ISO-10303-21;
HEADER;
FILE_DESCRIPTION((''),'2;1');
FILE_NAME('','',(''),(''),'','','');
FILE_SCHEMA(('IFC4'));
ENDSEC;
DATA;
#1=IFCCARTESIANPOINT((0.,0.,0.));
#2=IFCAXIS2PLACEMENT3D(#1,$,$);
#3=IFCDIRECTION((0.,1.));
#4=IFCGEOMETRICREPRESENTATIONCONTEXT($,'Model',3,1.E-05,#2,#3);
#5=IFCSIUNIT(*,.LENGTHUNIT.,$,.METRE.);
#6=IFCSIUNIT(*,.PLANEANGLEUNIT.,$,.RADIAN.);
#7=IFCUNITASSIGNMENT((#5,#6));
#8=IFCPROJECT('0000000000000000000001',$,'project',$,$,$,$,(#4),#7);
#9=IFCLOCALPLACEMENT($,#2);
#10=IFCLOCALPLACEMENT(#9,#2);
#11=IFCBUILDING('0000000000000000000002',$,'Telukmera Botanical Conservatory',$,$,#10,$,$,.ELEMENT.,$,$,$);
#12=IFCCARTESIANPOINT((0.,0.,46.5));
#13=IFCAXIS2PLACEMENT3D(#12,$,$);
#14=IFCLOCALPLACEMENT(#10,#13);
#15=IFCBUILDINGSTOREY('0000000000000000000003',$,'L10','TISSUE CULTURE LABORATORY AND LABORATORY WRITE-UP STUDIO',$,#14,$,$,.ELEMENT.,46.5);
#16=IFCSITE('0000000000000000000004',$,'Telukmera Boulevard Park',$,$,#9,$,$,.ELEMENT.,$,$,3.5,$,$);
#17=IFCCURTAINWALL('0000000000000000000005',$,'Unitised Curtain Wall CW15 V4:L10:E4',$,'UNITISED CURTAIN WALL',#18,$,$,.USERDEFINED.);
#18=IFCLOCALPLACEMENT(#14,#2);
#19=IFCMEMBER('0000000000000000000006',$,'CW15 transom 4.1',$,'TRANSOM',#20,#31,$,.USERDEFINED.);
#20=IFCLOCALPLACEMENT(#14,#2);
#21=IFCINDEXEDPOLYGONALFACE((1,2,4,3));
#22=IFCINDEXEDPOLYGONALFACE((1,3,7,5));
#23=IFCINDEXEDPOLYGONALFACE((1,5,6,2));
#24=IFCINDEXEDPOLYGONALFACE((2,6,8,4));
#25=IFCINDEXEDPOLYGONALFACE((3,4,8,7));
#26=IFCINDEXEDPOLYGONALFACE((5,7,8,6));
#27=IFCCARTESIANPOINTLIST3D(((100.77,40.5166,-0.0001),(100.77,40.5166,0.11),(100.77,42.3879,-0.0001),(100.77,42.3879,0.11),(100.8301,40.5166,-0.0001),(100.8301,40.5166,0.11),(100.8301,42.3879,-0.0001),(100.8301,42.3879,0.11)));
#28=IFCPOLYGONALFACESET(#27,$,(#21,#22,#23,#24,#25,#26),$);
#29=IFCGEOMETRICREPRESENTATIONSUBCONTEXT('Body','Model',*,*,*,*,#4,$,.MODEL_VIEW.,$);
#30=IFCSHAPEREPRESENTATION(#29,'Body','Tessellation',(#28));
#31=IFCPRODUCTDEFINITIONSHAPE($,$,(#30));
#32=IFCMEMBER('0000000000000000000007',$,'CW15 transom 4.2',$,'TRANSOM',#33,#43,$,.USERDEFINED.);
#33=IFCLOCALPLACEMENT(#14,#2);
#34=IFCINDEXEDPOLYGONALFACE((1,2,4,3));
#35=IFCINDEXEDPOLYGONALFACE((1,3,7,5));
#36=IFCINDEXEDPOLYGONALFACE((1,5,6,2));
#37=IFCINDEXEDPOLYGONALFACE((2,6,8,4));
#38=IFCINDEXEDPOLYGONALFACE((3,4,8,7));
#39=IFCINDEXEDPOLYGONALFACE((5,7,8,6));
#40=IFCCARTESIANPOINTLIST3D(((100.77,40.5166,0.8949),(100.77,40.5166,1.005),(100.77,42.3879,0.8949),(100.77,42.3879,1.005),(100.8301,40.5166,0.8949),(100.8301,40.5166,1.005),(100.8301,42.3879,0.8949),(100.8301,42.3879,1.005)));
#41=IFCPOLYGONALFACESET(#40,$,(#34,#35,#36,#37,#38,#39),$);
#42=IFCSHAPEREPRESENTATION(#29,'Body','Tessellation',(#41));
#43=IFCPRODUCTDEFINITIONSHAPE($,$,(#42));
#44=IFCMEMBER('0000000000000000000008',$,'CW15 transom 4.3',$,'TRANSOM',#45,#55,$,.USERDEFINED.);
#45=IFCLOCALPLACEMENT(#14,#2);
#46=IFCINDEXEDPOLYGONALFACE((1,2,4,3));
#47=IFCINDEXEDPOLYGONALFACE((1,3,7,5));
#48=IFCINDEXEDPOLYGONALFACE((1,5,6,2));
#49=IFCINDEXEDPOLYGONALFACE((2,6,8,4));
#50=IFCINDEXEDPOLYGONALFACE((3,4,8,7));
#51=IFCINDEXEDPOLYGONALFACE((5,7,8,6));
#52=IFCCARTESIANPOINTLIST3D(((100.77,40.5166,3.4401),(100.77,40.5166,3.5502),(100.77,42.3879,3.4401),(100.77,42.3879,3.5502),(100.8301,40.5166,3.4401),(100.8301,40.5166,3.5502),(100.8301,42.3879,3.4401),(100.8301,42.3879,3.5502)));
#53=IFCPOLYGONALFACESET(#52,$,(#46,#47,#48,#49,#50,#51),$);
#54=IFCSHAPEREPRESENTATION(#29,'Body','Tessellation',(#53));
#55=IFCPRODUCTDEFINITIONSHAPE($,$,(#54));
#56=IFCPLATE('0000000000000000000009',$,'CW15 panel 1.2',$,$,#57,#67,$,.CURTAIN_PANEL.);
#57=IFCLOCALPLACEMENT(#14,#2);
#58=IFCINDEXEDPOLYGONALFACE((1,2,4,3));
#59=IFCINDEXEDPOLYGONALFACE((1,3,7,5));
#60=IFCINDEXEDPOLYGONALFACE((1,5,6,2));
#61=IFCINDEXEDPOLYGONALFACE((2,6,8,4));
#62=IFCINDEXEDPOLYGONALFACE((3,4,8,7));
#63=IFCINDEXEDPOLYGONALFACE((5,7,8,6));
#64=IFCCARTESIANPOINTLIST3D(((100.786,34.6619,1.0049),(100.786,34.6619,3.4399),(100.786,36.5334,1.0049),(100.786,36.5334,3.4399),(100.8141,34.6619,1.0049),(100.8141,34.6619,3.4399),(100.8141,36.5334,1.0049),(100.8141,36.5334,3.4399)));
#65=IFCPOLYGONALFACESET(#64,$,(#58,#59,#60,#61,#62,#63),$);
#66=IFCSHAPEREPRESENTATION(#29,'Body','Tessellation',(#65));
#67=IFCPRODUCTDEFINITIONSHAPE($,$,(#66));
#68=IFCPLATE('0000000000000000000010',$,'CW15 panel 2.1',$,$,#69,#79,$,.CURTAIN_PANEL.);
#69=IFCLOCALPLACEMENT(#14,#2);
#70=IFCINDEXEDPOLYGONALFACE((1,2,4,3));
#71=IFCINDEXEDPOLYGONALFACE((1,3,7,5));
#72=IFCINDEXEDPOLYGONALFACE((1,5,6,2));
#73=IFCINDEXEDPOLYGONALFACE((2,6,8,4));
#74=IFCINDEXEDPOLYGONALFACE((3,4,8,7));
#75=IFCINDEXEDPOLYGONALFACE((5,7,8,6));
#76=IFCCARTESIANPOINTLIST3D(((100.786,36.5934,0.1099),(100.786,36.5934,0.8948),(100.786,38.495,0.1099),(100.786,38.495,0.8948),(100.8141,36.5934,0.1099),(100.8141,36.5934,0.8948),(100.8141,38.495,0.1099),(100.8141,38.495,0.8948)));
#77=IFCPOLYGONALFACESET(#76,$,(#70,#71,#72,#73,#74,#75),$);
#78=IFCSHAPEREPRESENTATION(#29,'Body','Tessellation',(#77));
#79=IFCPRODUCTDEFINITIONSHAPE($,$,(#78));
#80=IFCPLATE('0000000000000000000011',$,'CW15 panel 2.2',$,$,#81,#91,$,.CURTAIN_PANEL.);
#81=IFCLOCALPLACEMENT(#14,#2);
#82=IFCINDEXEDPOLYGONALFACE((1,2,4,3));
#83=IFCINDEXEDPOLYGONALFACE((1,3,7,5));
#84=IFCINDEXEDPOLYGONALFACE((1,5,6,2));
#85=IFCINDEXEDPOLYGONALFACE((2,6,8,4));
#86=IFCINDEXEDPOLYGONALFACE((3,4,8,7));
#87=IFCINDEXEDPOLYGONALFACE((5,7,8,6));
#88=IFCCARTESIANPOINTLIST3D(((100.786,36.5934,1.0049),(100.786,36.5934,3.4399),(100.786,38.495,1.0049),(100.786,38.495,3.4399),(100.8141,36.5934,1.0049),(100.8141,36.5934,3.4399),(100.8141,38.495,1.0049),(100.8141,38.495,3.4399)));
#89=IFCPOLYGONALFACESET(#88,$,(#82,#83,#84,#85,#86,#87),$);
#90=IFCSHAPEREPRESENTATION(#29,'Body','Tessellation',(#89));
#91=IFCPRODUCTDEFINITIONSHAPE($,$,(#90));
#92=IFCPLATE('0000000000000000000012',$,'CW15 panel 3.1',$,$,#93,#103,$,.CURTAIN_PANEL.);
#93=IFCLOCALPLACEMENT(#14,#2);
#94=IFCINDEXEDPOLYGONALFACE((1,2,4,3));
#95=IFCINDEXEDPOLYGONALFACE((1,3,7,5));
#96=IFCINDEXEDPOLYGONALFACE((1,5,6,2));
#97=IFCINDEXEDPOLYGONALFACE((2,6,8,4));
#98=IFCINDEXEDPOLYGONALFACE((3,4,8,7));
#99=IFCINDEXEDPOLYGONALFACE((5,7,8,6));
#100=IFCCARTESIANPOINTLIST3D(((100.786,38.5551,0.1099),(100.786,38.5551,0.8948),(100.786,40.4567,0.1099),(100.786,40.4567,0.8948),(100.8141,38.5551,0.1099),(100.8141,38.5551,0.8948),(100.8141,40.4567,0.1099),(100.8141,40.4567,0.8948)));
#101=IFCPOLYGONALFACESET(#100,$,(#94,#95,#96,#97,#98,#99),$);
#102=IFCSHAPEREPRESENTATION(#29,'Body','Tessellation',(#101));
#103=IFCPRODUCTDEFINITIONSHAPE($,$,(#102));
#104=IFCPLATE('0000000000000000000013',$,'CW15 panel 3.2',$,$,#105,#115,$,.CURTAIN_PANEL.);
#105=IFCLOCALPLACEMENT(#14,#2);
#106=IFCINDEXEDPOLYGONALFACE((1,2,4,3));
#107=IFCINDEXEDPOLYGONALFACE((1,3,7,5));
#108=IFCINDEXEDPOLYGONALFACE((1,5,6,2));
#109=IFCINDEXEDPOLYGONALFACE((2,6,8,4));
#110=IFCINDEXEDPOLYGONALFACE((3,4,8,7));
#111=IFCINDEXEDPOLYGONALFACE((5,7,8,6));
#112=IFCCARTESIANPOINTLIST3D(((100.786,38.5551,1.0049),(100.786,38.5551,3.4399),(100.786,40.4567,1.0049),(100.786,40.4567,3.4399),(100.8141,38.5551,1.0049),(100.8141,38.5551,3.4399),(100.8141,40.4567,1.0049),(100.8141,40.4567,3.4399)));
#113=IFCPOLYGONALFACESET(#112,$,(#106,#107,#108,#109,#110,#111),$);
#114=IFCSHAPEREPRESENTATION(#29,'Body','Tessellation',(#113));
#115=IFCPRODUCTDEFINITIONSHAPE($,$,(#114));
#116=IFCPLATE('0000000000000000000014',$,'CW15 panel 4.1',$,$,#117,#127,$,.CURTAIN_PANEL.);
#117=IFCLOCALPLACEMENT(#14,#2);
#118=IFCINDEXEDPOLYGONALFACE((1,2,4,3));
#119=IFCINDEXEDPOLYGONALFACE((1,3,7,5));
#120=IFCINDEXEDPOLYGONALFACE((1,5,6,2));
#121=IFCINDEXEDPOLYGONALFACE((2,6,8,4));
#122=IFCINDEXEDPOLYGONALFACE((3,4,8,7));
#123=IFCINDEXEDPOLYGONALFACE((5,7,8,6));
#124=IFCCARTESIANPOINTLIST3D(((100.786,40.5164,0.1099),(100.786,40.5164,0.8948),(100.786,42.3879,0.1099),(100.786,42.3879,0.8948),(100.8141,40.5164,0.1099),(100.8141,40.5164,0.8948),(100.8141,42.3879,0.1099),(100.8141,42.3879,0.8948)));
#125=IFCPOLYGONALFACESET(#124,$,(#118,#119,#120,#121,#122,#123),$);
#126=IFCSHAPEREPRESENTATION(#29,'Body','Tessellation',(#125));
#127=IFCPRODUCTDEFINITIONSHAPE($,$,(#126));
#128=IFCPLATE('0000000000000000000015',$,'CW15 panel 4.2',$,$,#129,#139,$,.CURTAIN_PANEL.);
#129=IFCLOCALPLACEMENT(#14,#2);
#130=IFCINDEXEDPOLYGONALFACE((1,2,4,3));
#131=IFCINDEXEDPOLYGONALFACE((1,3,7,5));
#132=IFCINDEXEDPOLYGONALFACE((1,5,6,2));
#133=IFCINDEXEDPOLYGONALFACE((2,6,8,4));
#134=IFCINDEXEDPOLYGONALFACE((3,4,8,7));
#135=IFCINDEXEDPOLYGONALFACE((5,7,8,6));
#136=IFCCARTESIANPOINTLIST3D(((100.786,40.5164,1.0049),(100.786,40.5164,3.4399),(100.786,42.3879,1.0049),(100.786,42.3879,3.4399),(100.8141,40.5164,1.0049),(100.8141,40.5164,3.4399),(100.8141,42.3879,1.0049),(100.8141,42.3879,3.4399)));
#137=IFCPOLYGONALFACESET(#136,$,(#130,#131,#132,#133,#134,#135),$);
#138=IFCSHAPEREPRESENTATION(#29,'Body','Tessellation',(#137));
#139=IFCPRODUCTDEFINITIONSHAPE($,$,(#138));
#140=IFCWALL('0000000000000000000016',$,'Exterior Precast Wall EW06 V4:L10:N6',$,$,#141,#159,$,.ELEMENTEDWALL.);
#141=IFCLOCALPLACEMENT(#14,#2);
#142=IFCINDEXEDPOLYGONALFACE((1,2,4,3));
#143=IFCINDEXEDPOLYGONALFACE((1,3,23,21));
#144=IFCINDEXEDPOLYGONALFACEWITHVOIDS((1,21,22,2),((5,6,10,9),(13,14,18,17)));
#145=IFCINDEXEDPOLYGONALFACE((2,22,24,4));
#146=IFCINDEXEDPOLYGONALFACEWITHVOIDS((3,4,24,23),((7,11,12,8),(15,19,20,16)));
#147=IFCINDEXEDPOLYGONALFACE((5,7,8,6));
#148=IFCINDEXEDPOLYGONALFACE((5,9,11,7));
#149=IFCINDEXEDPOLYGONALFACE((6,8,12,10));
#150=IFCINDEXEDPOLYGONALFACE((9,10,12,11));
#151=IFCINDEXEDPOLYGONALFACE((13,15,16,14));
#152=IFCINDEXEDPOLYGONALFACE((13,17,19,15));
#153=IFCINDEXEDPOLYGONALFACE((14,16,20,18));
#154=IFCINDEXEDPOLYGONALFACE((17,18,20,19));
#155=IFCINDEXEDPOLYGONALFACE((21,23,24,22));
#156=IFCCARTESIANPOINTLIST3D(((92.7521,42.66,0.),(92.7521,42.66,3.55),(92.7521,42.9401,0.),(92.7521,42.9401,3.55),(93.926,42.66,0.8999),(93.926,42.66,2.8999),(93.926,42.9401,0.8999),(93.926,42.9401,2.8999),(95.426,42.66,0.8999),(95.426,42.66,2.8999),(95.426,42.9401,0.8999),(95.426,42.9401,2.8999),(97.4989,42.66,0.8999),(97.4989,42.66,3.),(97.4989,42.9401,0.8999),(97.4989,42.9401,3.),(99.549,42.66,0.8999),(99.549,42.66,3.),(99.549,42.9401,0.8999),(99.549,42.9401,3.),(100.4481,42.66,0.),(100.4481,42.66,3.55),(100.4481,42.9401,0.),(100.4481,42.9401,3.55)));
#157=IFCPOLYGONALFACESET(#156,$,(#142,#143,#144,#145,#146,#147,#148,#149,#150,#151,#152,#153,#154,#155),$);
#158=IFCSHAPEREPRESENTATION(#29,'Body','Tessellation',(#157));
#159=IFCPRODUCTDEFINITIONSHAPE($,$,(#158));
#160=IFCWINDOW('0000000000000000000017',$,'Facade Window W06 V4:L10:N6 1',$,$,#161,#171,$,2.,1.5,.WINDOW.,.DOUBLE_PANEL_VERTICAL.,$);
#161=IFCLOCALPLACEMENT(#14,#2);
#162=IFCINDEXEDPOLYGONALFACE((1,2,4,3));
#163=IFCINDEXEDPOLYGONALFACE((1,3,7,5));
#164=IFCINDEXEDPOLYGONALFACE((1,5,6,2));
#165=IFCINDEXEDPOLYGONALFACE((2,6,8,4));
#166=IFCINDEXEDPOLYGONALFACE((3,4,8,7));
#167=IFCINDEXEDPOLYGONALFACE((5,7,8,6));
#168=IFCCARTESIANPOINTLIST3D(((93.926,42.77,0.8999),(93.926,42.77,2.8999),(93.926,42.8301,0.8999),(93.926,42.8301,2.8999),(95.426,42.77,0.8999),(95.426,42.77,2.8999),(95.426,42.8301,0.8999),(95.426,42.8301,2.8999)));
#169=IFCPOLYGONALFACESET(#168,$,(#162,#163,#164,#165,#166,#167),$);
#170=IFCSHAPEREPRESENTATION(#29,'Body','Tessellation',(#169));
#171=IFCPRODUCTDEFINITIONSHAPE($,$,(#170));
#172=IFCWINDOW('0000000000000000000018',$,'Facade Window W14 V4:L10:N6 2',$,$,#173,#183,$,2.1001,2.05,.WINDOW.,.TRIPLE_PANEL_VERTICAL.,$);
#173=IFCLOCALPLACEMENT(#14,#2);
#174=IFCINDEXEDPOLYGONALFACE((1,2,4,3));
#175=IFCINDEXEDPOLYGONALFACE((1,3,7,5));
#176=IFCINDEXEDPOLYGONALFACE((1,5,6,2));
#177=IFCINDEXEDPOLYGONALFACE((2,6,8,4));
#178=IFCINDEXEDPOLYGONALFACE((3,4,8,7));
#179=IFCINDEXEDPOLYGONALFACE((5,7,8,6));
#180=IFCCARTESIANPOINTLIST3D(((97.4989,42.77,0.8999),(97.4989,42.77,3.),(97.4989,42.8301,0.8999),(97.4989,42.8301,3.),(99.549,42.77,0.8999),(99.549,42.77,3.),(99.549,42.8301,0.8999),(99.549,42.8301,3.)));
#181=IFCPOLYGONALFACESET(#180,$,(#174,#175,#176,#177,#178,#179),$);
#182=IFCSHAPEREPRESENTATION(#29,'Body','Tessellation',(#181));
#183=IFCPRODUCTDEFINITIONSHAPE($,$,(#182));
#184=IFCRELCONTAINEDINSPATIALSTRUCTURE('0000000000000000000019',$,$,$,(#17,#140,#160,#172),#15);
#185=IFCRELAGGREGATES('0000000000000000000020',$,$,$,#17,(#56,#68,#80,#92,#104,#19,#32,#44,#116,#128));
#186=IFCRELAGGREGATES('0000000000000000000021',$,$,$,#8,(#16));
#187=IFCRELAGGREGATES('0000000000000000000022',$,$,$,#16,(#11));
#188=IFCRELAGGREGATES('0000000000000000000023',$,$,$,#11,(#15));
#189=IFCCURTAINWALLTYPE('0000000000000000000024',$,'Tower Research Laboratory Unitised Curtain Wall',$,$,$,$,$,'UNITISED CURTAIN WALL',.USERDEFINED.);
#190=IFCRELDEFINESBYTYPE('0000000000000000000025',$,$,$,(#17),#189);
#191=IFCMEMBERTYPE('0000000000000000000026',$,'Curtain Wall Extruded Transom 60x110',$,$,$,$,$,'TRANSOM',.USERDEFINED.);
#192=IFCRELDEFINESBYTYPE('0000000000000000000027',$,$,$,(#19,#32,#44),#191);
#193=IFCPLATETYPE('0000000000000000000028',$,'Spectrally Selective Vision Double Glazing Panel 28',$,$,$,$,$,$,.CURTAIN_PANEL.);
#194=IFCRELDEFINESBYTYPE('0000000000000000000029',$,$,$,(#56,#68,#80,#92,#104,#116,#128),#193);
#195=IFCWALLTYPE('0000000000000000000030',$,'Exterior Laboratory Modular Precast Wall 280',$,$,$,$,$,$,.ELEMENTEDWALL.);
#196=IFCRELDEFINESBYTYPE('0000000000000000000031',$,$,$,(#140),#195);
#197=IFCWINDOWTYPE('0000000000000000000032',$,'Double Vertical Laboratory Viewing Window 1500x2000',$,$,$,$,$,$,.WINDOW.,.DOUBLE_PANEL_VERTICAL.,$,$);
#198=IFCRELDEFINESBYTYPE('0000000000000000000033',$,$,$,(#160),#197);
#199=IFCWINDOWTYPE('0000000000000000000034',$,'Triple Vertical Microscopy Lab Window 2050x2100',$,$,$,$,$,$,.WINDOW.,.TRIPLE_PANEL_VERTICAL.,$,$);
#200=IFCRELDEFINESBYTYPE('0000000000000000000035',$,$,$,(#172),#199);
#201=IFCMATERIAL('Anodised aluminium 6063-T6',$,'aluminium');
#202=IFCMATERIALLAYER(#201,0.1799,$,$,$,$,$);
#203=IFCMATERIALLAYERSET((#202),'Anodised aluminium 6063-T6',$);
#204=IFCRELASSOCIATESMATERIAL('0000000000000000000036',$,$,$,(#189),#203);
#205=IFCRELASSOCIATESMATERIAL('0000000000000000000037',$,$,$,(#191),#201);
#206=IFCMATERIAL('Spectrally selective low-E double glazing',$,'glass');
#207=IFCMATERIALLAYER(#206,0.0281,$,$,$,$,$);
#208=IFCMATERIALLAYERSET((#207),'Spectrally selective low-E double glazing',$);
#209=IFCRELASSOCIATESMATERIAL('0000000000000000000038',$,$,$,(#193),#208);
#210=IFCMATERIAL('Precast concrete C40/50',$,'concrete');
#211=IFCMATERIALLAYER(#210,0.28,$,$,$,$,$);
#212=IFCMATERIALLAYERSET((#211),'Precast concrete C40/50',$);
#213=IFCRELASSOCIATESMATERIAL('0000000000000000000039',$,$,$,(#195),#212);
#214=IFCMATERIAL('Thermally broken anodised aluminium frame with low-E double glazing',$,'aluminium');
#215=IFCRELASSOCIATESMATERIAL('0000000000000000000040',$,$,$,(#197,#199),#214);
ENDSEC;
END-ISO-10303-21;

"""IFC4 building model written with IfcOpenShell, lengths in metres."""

from ifc_helpers import new_model, si_unit, direction, frame, frame_2d, origin, origin_2d, place, context, subcontext, project, spatial, rectangle, extrude, material, layer, layer_set, material_profile, profile_set, type_object, element, fill, aggregate, save


model = new_model("IFC4")

# Units and contexts
model_context = context("Model", 3, precision=1e-05, world=origin(), true_north=direction((0.0, 1.0)))
body_context = subcontext(model_context, "Body", "Model", "MODEL_VIEW")
ifc_project = project(units=[si_unit("LENGTHUNIT", "METRE"), si_unit("PLANEANGLEUNIT", "RADIAN")], contexts=[model_context])

# Site, building, storey
site_placement = place(None, origin())
site = spatial("IfcSite", under=ifc_project, at=site_placement, Name="Telukmera Boulevard Park", CompositionType="ELEMENT", RefElevation=3.5)
building_placement = place(site_placement, origin())
building = spatial("IfcBuilding", under=site, at=building_placement, Name="Telukmera Botanical Conservatory", CompositionType="ELEMENT")
storey_placement = place(building_placement, frame((0.0, 0.0, 46.5)))
storey = spatial("IfcBuildingStorey", under=building, at=storey_placement, Name="L10", Description="TISSUE CULTURE LABORATORY AND LABORATORY WRITE-UP STUDIO", CompositionType="ELEMENT", Elevation=46.5)

# Shared definitions
ifc_material_1 = material(Name="Precast concrete C40/50", Category="concrete")

# Shared definitions
ifc_material_2 = material(Name="Anodised aluminium 6063-T6", Category="aluminium")
ifc_layer_1 = layer(ifc_material_2, 0.1799)
ifc_layer_set_1 = layer_set([ifc_layer_1], Name="Anodised aluminium 6063-T6")
curtain_wall_type = type_object("IfcCurtainWallType", Name="Tower Research Laboratory Unitised Curtain Wall", ElementType="UNITISED CURTAIN WALL", PredefinedType="USERDEFINED", material=ifc_layer_set_1)

# Curtain wall, members, plates
curtain_wall_1_placement = place(storey_placement, origin())
curtain_wall_1 = element("IfcCurtainWall", 1, at=curtain_wall_1_placement, inside=storey, type_object=curtain_wall_type, Name="Unitised Curtain Wall CW15 V4:L10:E4", ObjectType="UNITISED CURTAIN WALL", PredefinedType="USERDEFINED")
ifc_material_profile_1 = material_profile(ifc_material_2, rectangle(XDim=0.0601, YDim=0.1101, at=origin_2d()), Name="ALU TRAN 60x110")
ifc_profile_set_1 = profile_set([ifc_material_profile_1], Name="Anodised aluminium 6063-T6")
member_type_1 = type_object("IfcMemberType", Name="Curtain Wall Extruded Transom 60x110", ElementType="TRANSOM", PredefinedType="USERDEFINED", material=ifc_profile_set_1)
member_1_placement = place(storey_placement, frame((100.8, 40.5166, 0.0549), z_axis=(0.0, 1.0, 0.0), x_axis=(-1.0, 0.0, 0.0)))
member_1 = element("IfcMember", 2, at=member_1_placement, type_object=member_type_1, Name="CW15 transom 4.1", ObjectType="TRANSOM", PredefinedType="USERDEFINED", context=body_context, shape_type="SweptSolid", body=[
    extrude(rectangle(XDim=0.0601, YDim=0.1101, at=origin_2d()), origin(), (0.0, 0.0, 1.0), 1.8713),
])
member_2_placement = place(storey_placement, frame((100.8, 40.5166, 0.95), z_axis=(0.0, 1.0, 0.0), x_axis=(-1.0, 0.0, 0.0)))
member_2 = element("IfcMember", 3, at=member_2_placement, type_object=member_type_1, Name="CW15 transom 4.2", ObjectType="TRANSOM", PredefinedType="USERDEFINED", context=body_context, shape_type="SweptSolid", body=[
    extrude(rectangle(XDim=0.0601, YDim=0.1101, at=origin_2d()), origin(), (0.0, 0.0, 1.0), 1.8713),
])
member_3_placement = place(storey_placement, frame((100.8, 40.5166, 3.4951), z_axis=(0.0, 1.0, 0.0), x_axis=(-1.0, 0.0, 0.0)))
member_3 = element("IfcMember", 4, at=member_3_placement, type_object=member_type_1, Name="CW15 transom 4.3", ObjectType="TRANSOM", PredefinedType="USERDEFINED", context=body_context, shape_type="SweptSolid", body=[
    extrude(rectangle(XDim=0.0601, YDim=0.1101, at=origin_2d()), origin(), (0.0, 0.0, 1.0), 1.8713),
])
ifc_material_3 = material(Name="Spectrally selective low-E double glazing", Category="glass")
ifc_layer_2 = layer(ifc_material_3, 0.0281)
ifc_layer_set_2 = layer_set([ifc_layer_2], Name="Spectrally selective low-E double glazing")
plate_type = type_object("IfcPlateType", Name="Spectrally Selective Vision Double Glazing Panel 28", PredefinedType="CURTAIN_PANEL", material=ifc_layer_set_2)
plate_1_placement = place(storey_placement, frame((100.8, 35.5977, 1.0049), z_axis=(0.0, 0.0, 1.0), x_axis=(0.0, 1.0, 0.0)))
plate_1 = element("IfcPlate", 5, at=plate_1_placement, type_object=plate_type, Name="CW15 panel 1.2", PredefinedType="CURTAIN_PANEL", context=body_context, shape_type="SweptSolid", body=[
    extrude(rectangle(XDim=1.8716, YDim=0.0281, at=origin_2d()), origin(), (0.0, 0.0, 1.0), 2.4351),
])
plate_2_placement = place(storey_placement, frame((100.8, 37.5442, 0.1099), z_axis=(0.0, 0.0, 1.0), x_axis=(0.0, 1.0, 0.0)))
plate_2 = element("IfcPlate", 6, at=plate_2_placement, type_object=plate_type, Name="CW15 panel 2.1", PredefinedType="CURTAIN_PANEL", context=body_context, shape_type="SweptSolid", body=[
    extrude(rectangle(XDim=1.9016, YDim=0.0281, at=origin_2d()), origin(), (0.0, 0.0, 1.0), 0.7849),
])
plate_3_placement = place(storey_placement, frame((100.8, 37.5442, 1.0049), z_axis=(0.0, 0.0, 1.0), x_axis=(0.0, 1.0, 0.0)))
plate_3 = element("IfcPlate", 7, at=plate_3_placement, type_object=plate_type, Name="CW15 panel 2.2", PredefinedType="CURTAIN_PANEL", context=body_context, shape_type="SweptSolid", body=[
    extrude(rectangle(XDim=1.9016, YDim=0.0281, at=origin_2d()), origin(), (0.0, 0.0, 1.0), 2.4351),
])
plate_4_placement = place(storey_placement, frame((100.8, 39.5059, 0.1099), z_axis=(0.0, 0.0, 1.0), x_axis=(0.0, 1.0, 0.0)))
plate_4 = element("IfcPlate", 8, at=plate_4_placement, type_object=plate_type, Name="CW15 panel 3.1", PredefinedType="CURTAIN_PANEL", context=body_context, shape_type="SweptSolid", body=[
    extrude(rectangle(XDim=1.9016, YDim=0.0281, at=origin_2d()), origin(), (0.0, 0.0, 1.0), 0.7849),
])
plate_5_placement = place(storey_placement, frame((100.8, 39.5059, 1.0049), z_axis=(0.0, 0.0, 1.0), x_axis=(0.0, 1.0, 0.0)))
plate_5 = element("IfcPlate", 9, at=plate_5_placement, type_object=plate_type, Name="CW15 panel 3.2", PredefinedType="CURTAIN_PANEL", context=body_context, shape_type="SweptSolid", body=[
    extrude(rectangle(XDim=1.9016, YDim=0.0281, at=origin_2d()), origin(), (0.0, 0.0, 1.0), 2.4351),
])
plate_6_placement = place(storey_placement, frame((100.8, 41.4521, 0.1099), z_axis=(0.0, 0.0, 1.0), x_axis=(0.0, 1.0, 0.0)))
plate_6 = element("IfcPlate", 10, at=plate_6_placement, type_object=plate_type, Name="CW15 panel 4.1", PredefinedType="CURTAIN_PANEL", context=body_context, shape_type="SweptSolid", body=[
    extrude(rectangle(XDim=1.8716, YDim=0.0281, at=origin_2d()), origin(), (0.0, 0.0, 1.0), 0.7849),
])
plate_7_placement = place(storey_placement, frame((100.8, 41.4521, 1.0049), z_axis=(0.0, 0.0, 1.0), x_axis=(0.0, 1.0, 0.0)))
plate_7 = element("IfcPlate", 11, at=plate_7_placement, type_object=plate_type, Name="CW15 panel 4.2", PredefinedType="CURTAIN_PANEL", context=body_context, shape_type="SweptSolid", body=[
    extrude(rectangle(XDim=1.8716, YDim=0.0281, at=origin_2d()), origin(), (0.0, 0.0, 1.0), 2.4351),
])
aggregate(curtain_wall_1, [plate_1, plate_2, plate_3, plate_4, plate_5, member_1, member_2, member_3, plate_6, plate_7])

# Wall, openings, windows
ifc_layer_3 = layer(ifc_material_1, 0.28)
ifc_layer_set_3 = layer_set([ifc_layer_3], Name="Precast concrete C40/50")
wall_type_1 = type_object("IfcWallType", Name="Exterior Laboratory Modular Precast Wall 280", PredefinedType="ELEMENTEDWALL", material=ifc_layer_set_3)
wall_1_placement = place(storey_placement, frame((92.752, 42.8, 0.0), z_axis=(0.0, 0.0, 1.0), x_axis=(1.0, 0.0, 0.0)))
wall_1 = element("IfcWall", 12, at=wall_1_placement, inside=storey, type_object=wall_type_1, Name="Exterior Precast Wall EW06 V4:L10:N6", PredefinedType="ELEMENTEDWALL", context=body_context, shape_type="SweptSolid", body=[
    extrude(rectangle(XDim=7.696, YDim=0.28, at=frame_2d((3.8481, 0.0))), origin(), (0.0, 0.0, 1.0), 3.55),
])
opening_1_placement = place(wall_1_placement, frame((1.1741, 0.0, 0.8999)))
opening_1 = element("IfcOpeningElement", 13, at=opening_1_placement, cuts=wall_1, PredefinedType="OPENING", context=body_context, shape_type="SweptSolid", body=[
    extrude(rectangle(XDim=1.5, YDim=2.0, at=frame_2d((0.75, 1.0))), frame((0.0, 0.1499, 0.0), z_axis=(0.0, -1.0, 0.0), x_axis=(1.0, 0.0, 0.0)), (0.0, 0.0, 1.0), 0.3),
])
opening_2_placement = place(wall_1_placement, frame((4.7471, 0.0, 0.8999)))
opening_2 = element("IfcOpeningElement", 14, at=opening_2_placement, cuts=wall_1, PredefinedType="OPENING", context=body_context, shape_type="SweptSolid", body=[
    extrude(rectangle(XDim=2.05, YDim=2.1001, at=frame_2d((1.0249, 1.05))), frame((0.0, 0.1499, 0.0), z_axis=(0.0, -1.0, 0.0), x_axis=(1.0, 0.0, 0.0)), (0.0, 0.0, 1.0), 0.3),
])
ifc_material_4 = material(Name="Thermally broken anodised aluminium frame with low-E double glazing", Category="aluminium")
window_type_1 = type_object("IfcWindowType", Name="Double Vertical Laboratory Viewing Window 1500x2000", PartitioningType="DOUBLE_PANEL_VERTICAL", PredefinedType="WINDOW", material=ifc_material_4)
window_1_placement = place(opening_1_placement, origin())
window_1 = element("IfcWindow", 15, at=window_1_placement, inside=storey, type_object=window_type_1, Name="Facade Window W06 V4:L10:N6 1", OverallHeight=2.0, OverallWidth=1.5, PartitioningType="DOUBLE_PANEL_VERTICAL", PredefinedType="WINDOW", context=body_context, shape_type="SweptSolid", body=[
    extrude(rectangle(XDim=1.5, YDim=2.0, at=frame_2d((0.75, 1.0))), frame((0.0, 0.03, 0.0), z_axis=(0.0, -1.0, 0.0), x_axis=(1.0, 0.0, 0.0)), (0.0, 0.0, 1.0), 0.0601),
])
fill(opening_1, window_1)
window_type_2 = type_object("IfcWindowType", Name="Triple Vertical Microscopy Lab Window 2050x2100", PartitioningType="TRIPLE_PANEL_VERTICAL", PredefinedType="WINDOW", material=ifc_material_4)
window_2_placement = place(opening_2_placement, origin())
window_2 = element("IfcWindow", 16, at=window_2_placement, inside=storey, type_object=window_type_2, Name="Facade Window W14 V4:L10:N6 2", OverallHeight=2.1001, OverallWidth=2.05, PartitioningType="TRIPLE_PANEL_VERTICAL", PredefinedType="WINDOW", context=body_context, shape_type="SweptSolid", body=[
    extrude(rectangle(XDim=2.05, YDim=2.1001, at=frame_2d((1.0249, 1.05))), frame((0.0, 0.03, 0.0), z_axis=(0.0, -1.0, 0.0), x_axis=(1.0, 0.0, 0.0)), (0.0, 0.0, 1.0), 0.0601),
])
fill(opening_2, window_2)

save(model, "model.ifc")
